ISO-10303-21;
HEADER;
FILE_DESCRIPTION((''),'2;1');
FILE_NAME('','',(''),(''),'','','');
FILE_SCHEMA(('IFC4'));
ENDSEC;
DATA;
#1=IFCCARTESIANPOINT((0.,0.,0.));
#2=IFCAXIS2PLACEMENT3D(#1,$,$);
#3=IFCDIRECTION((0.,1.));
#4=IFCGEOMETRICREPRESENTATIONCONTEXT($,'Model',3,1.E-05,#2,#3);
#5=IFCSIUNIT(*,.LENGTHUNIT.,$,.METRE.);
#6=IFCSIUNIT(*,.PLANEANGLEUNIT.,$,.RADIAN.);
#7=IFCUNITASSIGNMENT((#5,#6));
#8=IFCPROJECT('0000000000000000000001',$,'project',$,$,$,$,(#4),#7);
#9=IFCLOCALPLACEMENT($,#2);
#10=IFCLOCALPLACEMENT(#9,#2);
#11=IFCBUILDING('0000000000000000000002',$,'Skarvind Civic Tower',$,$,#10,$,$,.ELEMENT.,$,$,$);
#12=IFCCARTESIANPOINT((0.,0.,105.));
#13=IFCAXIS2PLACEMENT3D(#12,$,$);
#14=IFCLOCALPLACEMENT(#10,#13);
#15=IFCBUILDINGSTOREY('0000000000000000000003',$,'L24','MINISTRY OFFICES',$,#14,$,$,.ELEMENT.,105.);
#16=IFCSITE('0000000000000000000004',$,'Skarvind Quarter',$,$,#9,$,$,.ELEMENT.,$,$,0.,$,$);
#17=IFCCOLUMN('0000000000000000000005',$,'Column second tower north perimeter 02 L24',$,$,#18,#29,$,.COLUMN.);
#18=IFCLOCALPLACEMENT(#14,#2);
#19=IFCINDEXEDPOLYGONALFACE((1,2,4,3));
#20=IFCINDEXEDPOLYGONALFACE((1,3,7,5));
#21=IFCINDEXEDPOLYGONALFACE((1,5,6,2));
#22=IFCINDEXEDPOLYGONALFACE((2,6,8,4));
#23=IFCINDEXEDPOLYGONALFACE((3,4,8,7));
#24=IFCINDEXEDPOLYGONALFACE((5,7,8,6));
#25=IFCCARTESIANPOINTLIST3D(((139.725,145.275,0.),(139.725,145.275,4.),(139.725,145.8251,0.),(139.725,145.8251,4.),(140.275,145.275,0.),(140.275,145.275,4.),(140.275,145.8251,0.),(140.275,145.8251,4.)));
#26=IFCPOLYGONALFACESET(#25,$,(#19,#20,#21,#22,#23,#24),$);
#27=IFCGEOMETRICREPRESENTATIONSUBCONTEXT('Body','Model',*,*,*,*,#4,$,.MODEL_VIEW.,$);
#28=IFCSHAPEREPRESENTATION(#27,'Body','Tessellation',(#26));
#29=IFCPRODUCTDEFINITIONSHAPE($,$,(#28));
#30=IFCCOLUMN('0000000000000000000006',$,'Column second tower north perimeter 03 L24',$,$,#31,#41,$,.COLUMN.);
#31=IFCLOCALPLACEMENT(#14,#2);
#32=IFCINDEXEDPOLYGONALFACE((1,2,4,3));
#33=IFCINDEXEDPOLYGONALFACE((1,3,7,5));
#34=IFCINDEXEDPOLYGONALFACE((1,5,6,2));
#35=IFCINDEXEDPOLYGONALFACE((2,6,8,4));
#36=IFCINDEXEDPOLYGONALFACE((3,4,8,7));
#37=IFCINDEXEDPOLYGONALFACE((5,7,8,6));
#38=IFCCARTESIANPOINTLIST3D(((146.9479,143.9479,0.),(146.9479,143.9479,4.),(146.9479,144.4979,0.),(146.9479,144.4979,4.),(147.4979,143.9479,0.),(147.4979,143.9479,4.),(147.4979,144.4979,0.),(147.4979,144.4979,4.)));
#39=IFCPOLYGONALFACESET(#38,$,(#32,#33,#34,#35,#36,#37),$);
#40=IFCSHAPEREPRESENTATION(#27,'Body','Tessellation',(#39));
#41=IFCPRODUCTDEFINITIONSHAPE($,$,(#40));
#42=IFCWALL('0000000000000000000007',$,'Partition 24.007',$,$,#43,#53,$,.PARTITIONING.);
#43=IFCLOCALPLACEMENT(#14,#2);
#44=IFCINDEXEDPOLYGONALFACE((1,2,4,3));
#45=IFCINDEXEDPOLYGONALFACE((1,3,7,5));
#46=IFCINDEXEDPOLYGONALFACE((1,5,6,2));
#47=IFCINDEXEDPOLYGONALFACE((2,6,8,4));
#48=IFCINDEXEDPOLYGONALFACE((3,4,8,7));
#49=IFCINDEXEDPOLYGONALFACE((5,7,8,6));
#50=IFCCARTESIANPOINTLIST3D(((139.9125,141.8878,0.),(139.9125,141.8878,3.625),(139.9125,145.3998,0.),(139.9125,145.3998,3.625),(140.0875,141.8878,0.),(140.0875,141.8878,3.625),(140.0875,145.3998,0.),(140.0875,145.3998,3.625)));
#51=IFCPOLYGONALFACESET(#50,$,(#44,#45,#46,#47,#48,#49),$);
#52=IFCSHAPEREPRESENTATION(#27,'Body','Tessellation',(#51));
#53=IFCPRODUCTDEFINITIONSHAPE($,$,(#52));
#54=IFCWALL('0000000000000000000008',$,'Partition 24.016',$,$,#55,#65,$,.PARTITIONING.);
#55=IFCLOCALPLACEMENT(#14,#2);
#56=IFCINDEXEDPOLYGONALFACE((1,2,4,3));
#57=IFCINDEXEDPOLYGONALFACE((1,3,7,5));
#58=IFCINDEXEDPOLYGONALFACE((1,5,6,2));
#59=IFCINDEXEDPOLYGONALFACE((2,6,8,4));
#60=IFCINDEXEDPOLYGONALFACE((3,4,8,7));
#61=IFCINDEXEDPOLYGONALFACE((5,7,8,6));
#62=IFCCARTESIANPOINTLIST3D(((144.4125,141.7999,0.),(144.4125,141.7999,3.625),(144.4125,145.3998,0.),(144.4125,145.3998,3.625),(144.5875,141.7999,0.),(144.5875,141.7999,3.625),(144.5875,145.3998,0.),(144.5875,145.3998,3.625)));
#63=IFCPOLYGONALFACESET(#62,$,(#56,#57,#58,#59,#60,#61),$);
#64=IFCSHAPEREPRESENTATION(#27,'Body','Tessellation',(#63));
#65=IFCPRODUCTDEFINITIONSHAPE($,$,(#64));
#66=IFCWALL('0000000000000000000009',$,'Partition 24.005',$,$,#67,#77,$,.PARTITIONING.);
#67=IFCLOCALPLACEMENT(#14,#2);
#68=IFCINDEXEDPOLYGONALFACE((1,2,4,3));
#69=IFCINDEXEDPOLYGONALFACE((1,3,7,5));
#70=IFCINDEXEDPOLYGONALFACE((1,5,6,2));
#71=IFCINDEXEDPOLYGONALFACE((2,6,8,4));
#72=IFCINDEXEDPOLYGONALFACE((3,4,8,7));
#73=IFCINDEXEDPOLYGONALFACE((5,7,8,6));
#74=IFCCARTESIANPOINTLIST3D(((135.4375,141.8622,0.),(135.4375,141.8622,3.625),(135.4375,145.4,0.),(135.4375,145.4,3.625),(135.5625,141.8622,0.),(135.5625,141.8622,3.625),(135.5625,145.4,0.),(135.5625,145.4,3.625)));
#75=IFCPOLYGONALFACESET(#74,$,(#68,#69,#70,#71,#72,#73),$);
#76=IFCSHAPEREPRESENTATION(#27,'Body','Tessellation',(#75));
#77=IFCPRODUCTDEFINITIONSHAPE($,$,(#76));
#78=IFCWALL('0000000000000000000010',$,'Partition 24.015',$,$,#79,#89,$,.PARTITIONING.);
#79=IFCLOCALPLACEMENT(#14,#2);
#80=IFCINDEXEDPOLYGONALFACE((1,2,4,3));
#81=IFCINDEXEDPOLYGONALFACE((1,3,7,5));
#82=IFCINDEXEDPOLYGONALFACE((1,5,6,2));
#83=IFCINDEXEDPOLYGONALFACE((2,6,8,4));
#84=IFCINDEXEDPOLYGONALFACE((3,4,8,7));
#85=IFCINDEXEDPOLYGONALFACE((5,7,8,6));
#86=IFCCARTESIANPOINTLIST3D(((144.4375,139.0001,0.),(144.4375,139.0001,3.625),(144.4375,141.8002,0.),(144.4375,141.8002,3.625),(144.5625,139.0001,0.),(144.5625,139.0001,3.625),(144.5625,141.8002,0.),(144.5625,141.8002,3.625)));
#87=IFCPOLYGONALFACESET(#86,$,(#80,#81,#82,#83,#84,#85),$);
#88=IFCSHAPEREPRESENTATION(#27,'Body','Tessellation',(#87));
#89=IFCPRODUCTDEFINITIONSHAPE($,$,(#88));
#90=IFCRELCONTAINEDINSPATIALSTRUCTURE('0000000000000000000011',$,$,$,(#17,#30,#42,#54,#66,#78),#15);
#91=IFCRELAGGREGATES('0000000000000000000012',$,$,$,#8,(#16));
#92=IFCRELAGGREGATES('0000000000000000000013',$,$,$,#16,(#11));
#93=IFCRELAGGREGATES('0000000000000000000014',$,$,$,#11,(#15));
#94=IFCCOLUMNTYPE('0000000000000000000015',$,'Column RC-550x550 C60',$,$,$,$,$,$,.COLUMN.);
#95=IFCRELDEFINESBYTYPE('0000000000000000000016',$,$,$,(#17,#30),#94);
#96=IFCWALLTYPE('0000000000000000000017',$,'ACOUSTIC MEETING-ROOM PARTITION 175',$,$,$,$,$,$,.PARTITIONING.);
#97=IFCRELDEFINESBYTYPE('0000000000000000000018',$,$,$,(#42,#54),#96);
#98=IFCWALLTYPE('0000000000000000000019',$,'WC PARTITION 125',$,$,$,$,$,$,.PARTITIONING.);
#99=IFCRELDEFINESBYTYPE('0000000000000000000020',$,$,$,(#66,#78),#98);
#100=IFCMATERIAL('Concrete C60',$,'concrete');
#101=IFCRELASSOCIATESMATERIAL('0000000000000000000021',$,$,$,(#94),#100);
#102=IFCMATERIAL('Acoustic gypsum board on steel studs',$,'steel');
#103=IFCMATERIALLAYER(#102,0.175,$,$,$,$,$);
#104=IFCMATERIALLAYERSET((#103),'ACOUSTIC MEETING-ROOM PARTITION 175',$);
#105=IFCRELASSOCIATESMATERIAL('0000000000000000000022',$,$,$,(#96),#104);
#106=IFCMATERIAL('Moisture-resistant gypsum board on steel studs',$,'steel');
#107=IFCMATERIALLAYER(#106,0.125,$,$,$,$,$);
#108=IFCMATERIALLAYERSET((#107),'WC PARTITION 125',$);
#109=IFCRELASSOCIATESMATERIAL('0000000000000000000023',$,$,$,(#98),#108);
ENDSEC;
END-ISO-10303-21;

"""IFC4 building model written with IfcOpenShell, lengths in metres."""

from ifc_helpers import new_model, si_unit, direction, frame, frame_2d, origin, origin_2d, place, context, subcontext, project, spatial, rectangle, extrude, material, layer, layer_set, material_profile, profile_set, type_object, element, save


model = new_model("IFC4")

# Units and contexts
model_context = context("Model", 3, precision=1e-05, world=origin(), true_north=direction((0.0, 1.0)))
body_context = subcontext(model_context, "Body", "Model", "MODEL_VIEW")
ifc_project = project(units=[si_unit("LENGTHUNIT", "METRE"), si_unit("PLANEANGLEUNIT", "RADIAN")], contexts=[model_context])

# Site, building, storey
site_placement = place(None, origin())
site = spatial("IfcSite", under=ifc_project, at=site_placement, Name="Skarvind Quarter", CompositionType="ELEMENT", RefElevation=0.0)
building_placement = place(site_placement, origin())
building = spatial("IfcBuilding", under=site, at=building_placement, Name="Skarvind Civic Tower", CompositionType="ELEMENT")
storey_placement = place(building_placement, frame((0.0, 0.0, 105.0)))
storey = spatial("IfcBuildingStorey", under=building, at=storey_placement, Name="L24", Description="MINISTRY OFFICES", CompositionType="ELEMENT", Elevation=105.0)

# Columns
ifc_material_1 = material(Name="Concrete C60", Category="concrete")
ifc_material_profile = material_profile(ifc_material_1, rectangle(XDim=0.55, YDim=0.55, at=origin_2d()), Name="RC-550x550")
ifc_profile_set = profile_set([ifc_material_profile], Name="Concrete C60")
column_type = type_object("IfcColumnType", Name="Column RC-550x550 C60", PredefinedType="COLUMN", material=ifc_profile_set)
for number, where, z_axis, x_axis, name in (
    (1, (140.0, 145.55, 0.0), (0.0, 0.0, 1.0), (1.0, 0.0, 0.0), "Column second tower north perimeter 02 L24"),
    (2, (147.2229, 144.2229, 0.0), (0.0, 0.0, 1.0), (1.0, 0.0, 0.0), "Column second tower north perimeter 03 L24"),
):
    element("IfcColumn", number, at=place(storey_placement, frame(where, z_axis=z_axis, x_axis=x_axis)), inside=storey, type_object=column_type, Name=name, PredefinedType="COLUMN", context=body_context, shape_type="SweptSolid", body=[
        extrude(rectangle(XDim=0.55, YDim=0.55, at=origin_2d()), origin(), (0.0, 0.0, 1.0), 4.0),
    ])

# Walls
ifc_material_2 = material(Name="Acoustic gypsum board on steel studs", Category="steel")
ifc_layer_1 = layer(ifc_material_2, 0.175)
ifc_layer_set_1 = layer_set([ifc_layer_1], Name="ACOUSTIC MEETING-ROOM PARTITION 175")
wall_type_1 = type_object("IfcWallType", Name="ACOUSTIC MEETING-ROOM PARTITION 175", PredefinedType="PARTITIONING", material=ifc_layer_set_1)
wall_1_placement = place(storey_placement, frame((140.0, 141.8879, 0.0), z_axis=(0.0, 0.0, 1.0), x_axis=(0.0, 1.0, 0.0)))
element("IfcWall", 3, at=wall_1_placement, inside=storey, type_object=wall_type_1, Name="Partition 24.007", PredefinedType="PARTITIONING", context=body_context, shape_type="SweptSolid", body=[
    extrude(rectangle(XDim=3.512, YDim=0.175, at=frame_2d((1.7559, 0.0))), origin(), (0.0, 0.0, 1.0), 3.625),
])
wall_2_placement = place(storey_placement, frame((144.5, 141.8, 0.0), z_axis=(0.0, 0.0, 1.0), x_axis=(0.0, 1.0, 0.0)))
element("IfcWall", 4, at=wall_2_placement, inside=storey, type_object=wall_type_1, Name="Partition 24.016", PredefinedType="PARTITIONING", context=body_context, shape_type="SweptSolid", body=[
    extrude(rectangle(XDim=3.5999, YDim=0.175, at=frame_2d((1.7998, 0.0))), origin(), (0.0, 0.0, 1.0), 3.625),
])
ifc_material_3 = material(Name="Moisture-resistant gypsum board on steel studs", Category="steel")
ifc_layer_2 = layer(ifc_material_3, 0.125)
ifc_layer_set_2 = layer_set([ifc_layer_2], Name="WC PARTITION 125")
wall_type_2 = type_object("IfcWallType", Name="WC PARTITION 125", PredefinedType="PARTITIONING", material=ifc_layer_set_2)
wall_3_placement = place(storey_placement, frame((135.5, 141.8621, 0.0), z_axis=(0.0, 0.0, 1.0), x_axis=(0.0, 1.0, 0.0)))
element("IfcWall", 5, at=wall_3_placement, inside=storey, type_object=wall_type_2, Name="Partition 24.005", PredefinedType="PARTITIONING", context=body_context, shape_type="SweptSolid", body=[
    extrude(rectangle(XDim=3.5378, YDim=0.125, at=frame_2d((1.769, 0.0))), origin(), (0.0, 0.0, 1.0), 3.625),
])
wall_4_placement = place(storey_placement, frame((144.5, 141.8, 0.0), z_axis=(0.0, 0.0, 1.0), x_axis=(0.0, -1.0, 0.0)))
element("IfcWall", 6, at=wall_4_placement, inside=storey, type_object=wall_type_2, Name="Partition 24.015", PredefinedType="PARTITIONING", context=body_context, shape_type="SweptSolid", body=[
    extrude(rectangle(XDim=2.8, YDim=0.125, at=frame_2d((1.3999, 0.0))), origin(), (0.0, 0.0, 1.0), 3.625),
])

save(model, "model.ifc")
